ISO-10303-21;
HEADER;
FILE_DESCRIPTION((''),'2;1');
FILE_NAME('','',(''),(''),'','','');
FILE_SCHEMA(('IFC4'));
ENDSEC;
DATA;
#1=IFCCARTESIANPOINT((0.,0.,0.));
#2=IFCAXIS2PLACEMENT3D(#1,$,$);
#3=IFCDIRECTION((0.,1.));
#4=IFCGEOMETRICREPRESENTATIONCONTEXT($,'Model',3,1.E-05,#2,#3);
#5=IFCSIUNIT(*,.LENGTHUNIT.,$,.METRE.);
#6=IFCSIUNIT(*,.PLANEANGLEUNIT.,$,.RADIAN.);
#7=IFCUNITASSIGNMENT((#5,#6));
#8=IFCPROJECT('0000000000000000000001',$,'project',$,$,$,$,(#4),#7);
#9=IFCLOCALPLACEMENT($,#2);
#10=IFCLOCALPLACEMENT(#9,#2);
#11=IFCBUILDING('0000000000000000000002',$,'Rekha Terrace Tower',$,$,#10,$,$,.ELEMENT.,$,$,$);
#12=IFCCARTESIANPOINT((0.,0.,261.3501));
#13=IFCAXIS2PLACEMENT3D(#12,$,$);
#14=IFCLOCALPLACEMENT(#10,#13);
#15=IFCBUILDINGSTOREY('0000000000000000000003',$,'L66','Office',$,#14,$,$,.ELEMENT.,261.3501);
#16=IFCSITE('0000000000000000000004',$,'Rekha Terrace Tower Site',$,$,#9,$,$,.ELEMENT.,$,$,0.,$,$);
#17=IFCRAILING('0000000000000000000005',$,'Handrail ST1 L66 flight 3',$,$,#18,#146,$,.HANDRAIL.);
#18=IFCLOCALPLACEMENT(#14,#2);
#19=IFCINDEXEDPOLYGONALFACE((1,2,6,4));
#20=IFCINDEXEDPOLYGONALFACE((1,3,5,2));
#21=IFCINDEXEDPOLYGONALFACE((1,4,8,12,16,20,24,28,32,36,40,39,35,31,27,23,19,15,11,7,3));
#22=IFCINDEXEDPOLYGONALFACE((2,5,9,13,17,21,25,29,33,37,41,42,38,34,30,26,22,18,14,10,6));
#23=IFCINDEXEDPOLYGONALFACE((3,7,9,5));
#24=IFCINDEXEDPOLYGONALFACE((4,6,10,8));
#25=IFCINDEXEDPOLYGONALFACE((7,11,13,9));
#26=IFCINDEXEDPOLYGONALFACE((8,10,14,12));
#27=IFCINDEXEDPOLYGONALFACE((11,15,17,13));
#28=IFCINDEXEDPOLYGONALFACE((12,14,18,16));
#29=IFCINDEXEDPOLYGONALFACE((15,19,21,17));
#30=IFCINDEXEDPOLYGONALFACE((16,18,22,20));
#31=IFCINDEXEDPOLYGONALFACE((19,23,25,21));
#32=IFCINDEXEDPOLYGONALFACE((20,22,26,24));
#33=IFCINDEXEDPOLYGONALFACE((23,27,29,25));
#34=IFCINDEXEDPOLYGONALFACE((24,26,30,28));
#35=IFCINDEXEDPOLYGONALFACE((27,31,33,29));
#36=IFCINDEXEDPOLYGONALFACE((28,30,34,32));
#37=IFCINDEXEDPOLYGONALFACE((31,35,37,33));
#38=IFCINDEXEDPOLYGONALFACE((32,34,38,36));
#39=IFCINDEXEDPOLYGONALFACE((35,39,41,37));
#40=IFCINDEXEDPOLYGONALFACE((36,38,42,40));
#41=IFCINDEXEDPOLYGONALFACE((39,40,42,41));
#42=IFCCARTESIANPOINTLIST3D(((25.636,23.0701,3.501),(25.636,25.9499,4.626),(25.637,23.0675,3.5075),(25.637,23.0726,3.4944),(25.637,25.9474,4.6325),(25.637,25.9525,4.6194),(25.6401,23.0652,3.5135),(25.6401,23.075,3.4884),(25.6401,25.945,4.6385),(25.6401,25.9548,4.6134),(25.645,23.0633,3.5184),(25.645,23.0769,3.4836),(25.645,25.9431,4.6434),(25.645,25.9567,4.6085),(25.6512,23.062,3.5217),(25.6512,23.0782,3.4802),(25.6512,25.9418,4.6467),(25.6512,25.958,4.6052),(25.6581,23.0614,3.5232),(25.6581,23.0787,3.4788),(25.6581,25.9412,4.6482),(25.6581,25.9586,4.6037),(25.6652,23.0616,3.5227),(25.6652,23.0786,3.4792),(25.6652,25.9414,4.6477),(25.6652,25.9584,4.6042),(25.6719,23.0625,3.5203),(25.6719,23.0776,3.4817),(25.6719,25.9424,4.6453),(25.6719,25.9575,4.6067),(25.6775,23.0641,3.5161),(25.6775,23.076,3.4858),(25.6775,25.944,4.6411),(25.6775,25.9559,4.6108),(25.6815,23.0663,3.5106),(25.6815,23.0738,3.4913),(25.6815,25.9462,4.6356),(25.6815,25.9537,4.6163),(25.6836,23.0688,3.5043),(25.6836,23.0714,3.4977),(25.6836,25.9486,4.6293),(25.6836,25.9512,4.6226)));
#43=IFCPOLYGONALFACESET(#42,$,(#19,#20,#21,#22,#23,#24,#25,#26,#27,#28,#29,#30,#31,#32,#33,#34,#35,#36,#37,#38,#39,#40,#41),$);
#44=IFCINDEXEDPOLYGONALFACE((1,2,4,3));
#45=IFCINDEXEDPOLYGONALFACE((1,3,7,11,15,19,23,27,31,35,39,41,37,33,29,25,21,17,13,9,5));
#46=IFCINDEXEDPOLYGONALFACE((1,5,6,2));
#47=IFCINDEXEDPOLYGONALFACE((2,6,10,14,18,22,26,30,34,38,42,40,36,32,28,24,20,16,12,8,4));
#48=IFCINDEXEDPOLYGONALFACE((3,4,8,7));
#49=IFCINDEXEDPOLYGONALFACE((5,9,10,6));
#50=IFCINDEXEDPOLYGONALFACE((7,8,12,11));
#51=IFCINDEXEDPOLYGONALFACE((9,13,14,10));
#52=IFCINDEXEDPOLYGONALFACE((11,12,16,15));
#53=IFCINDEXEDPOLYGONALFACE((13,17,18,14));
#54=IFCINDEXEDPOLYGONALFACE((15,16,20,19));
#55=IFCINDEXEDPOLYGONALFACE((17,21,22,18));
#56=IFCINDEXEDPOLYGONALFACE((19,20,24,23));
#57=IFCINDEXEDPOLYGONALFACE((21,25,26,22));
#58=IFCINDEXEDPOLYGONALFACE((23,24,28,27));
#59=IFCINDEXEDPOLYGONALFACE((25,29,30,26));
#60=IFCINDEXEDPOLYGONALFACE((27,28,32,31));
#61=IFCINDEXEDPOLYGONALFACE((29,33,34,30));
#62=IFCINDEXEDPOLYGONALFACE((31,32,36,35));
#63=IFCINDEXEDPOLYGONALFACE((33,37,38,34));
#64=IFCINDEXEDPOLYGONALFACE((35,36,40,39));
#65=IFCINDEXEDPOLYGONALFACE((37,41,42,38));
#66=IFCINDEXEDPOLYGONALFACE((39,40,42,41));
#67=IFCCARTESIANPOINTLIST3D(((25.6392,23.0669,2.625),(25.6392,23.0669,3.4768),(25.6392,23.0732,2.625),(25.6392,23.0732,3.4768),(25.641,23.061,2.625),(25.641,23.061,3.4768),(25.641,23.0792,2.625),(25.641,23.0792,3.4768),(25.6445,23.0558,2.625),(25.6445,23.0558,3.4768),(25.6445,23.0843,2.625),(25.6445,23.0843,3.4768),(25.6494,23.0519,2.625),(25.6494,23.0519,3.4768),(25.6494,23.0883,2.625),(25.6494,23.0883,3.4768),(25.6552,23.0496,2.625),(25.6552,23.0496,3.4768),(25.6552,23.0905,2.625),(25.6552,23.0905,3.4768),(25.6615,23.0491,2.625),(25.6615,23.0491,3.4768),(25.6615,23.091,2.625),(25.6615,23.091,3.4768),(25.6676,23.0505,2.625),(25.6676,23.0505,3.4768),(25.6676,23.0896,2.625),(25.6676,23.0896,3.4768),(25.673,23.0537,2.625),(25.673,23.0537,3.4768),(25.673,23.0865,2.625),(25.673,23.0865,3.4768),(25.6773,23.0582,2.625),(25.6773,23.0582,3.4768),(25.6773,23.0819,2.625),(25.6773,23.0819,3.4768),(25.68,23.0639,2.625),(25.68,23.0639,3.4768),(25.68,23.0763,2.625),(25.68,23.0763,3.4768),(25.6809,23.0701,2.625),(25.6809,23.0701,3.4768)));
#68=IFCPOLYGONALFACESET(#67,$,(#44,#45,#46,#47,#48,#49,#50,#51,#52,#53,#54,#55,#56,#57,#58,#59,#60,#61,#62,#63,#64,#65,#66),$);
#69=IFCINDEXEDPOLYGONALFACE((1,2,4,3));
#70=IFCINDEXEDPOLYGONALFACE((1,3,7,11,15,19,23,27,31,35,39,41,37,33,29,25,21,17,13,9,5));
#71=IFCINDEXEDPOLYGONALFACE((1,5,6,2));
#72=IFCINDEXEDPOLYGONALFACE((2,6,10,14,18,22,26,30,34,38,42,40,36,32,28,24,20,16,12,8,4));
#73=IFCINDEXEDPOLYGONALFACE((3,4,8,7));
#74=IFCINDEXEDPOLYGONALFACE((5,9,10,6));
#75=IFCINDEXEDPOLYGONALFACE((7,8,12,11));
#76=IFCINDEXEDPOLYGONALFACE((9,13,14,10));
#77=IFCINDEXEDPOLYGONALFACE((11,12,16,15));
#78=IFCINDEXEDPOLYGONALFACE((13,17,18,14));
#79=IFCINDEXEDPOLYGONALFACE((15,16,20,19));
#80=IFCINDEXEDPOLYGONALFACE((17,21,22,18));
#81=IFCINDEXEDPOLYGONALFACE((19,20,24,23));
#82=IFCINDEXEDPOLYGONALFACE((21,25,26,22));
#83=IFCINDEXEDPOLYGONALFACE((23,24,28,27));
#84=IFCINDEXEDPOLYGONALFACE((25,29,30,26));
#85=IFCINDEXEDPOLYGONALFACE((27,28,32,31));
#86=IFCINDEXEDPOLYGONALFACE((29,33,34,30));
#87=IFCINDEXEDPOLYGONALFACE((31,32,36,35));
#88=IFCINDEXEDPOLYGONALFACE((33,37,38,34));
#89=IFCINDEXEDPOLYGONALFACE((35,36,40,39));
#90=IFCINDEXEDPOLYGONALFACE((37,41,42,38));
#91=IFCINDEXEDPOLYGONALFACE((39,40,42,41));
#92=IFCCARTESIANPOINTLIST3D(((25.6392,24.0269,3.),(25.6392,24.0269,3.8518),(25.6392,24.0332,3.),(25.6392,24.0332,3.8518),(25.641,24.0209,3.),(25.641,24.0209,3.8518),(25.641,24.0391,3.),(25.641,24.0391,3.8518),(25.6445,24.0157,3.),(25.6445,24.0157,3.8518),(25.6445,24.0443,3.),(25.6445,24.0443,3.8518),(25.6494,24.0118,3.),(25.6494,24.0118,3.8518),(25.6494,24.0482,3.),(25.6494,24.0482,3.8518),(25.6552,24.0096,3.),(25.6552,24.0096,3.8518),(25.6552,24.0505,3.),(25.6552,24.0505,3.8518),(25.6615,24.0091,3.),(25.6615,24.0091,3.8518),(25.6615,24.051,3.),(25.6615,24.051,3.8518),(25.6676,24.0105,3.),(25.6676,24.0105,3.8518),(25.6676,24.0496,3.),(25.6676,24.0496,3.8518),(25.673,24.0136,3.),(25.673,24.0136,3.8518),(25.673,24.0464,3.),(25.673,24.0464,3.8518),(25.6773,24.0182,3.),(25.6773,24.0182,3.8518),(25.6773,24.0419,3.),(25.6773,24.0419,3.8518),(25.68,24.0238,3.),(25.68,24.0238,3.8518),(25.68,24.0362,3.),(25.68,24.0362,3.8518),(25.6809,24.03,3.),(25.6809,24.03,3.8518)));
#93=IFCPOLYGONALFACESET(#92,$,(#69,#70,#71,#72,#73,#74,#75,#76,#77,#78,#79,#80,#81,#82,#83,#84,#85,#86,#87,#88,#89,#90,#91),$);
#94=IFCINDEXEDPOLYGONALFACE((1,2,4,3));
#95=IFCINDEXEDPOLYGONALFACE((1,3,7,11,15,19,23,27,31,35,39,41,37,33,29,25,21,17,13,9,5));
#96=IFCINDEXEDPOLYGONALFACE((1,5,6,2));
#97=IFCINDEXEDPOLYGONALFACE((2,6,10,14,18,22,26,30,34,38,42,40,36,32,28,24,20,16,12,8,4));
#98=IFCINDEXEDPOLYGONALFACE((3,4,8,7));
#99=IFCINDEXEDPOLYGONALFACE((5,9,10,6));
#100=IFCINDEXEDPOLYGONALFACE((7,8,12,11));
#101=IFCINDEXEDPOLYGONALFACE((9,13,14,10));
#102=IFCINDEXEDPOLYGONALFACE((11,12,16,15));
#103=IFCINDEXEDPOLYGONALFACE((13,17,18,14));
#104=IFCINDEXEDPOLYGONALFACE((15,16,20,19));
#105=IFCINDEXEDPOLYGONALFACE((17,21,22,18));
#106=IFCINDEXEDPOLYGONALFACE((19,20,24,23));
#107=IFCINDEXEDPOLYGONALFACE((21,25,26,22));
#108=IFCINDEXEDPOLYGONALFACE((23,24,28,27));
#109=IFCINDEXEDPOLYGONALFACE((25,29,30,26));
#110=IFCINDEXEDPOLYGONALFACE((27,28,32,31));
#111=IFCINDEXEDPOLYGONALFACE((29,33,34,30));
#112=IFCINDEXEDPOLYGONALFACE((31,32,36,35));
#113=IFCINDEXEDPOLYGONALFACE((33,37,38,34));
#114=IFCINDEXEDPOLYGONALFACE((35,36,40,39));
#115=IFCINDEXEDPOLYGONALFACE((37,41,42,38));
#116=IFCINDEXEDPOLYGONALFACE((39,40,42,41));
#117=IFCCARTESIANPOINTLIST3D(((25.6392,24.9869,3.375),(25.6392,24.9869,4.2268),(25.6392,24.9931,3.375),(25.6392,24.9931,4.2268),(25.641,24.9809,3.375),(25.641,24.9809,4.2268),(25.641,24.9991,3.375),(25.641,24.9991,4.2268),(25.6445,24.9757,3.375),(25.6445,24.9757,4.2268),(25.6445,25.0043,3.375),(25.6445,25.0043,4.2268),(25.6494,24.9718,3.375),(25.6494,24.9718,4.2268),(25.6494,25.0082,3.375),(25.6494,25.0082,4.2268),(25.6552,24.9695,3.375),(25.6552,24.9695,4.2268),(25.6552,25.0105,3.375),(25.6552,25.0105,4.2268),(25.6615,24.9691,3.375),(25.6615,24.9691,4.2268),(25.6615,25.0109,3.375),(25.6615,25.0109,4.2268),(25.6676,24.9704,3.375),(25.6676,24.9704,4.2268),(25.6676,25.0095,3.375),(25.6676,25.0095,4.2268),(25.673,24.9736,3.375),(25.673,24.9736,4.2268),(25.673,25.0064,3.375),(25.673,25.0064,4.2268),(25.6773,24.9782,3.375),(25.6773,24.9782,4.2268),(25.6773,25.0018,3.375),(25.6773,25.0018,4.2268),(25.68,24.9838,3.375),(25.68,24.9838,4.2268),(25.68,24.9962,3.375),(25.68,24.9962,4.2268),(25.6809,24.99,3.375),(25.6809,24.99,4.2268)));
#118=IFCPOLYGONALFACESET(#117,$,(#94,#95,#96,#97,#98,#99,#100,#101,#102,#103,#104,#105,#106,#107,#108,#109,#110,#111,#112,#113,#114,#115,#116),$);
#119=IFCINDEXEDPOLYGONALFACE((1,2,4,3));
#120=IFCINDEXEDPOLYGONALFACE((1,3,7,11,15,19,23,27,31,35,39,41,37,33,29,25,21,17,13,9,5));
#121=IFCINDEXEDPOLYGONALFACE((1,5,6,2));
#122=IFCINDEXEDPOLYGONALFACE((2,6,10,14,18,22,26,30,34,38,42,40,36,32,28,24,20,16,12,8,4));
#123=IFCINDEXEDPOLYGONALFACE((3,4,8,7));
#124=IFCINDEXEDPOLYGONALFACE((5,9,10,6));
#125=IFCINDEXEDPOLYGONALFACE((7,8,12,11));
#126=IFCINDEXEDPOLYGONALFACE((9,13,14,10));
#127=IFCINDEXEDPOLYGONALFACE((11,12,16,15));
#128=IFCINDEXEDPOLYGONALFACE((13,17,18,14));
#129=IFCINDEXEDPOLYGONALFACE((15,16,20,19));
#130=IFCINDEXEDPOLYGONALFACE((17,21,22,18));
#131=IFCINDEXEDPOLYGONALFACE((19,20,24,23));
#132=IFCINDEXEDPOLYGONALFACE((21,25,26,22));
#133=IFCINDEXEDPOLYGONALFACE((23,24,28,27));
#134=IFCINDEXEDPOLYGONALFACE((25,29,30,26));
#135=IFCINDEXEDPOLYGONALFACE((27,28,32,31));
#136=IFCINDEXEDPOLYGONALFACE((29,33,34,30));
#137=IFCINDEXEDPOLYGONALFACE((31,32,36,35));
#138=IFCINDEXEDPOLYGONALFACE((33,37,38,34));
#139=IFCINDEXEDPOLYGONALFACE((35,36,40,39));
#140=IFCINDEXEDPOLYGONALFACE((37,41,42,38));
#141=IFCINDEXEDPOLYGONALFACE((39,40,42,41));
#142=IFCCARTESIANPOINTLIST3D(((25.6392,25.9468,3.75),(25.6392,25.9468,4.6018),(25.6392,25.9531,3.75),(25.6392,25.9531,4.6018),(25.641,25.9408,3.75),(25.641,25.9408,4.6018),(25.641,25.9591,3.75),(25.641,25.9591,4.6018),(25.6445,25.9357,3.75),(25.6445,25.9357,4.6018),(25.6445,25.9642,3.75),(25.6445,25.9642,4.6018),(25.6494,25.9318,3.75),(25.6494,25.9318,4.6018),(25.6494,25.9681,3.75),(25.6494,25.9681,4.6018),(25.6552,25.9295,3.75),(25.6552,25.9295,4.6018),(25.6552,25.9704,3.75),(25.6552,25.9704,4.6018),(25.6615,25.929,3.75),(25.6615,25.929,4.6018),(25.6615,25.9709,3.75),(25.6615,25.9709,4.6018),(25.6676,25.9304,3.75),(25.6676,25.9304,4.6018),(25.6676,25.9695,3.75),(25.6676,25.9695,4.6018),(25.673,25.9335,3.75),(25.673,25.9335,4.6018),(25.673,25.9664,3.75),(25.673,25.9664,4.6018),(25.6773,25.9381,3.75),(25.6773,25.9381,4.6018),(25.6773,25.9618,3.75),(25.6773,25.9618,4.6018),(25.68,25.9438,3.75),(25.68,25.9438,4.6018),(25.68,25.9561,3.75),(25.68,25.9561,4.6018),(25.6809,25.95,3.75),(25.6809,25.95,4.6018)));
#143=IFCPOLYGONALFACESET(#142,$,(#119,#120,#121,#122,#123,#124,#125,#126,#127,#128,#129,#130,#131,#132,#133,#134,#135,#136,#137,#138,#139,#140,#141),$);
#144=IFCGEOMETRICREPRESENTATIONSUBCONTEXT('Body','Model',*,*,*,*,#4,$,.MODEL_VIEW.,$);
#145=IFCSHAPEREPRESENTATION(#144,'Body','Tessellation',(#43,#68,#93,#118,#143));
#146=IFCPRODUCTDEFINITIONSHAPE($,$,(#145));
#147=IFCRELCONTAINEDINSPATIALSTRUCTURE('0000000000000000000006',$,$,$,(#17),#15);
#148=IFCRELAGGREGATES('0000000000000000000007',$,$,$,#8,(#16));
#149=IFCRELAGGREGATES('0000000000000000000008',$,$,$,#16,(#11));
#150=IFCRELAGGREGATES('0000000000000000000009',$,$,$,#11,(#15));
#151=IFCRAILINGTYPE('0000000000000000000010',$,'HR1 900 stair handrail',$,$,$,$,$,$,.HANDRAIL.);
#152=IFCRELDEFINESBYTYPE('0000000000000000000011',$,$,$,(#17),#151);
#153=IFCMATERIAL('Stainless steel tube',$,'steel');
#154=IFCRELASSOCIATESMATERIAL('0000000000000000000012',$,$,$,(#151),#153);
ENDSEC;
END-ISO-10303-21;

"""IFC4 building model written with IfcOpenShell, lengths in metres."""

from ifc_helpers import new_model, si_unit, direction, frame, origin, origin_2d, place, context, subcontext, project, spatial, circle, extrude, material, type_object, element, save


model = new_model("IFC4")

# Units and contexts
model_context = context("Model", 3, precision=1e-05, world=origin(), true_north=direction((0.0, 1.0)))
body_context = subcontext(model_context, "Body", "Model", "MODEL_VIEW")
ifc_project = project(units=[si_unit("LENGTHUNIT", "METRE"), si_unit("PLANEANGLEUNIT", "RADIAN")], contexts=[model_context])

# Site, building, storey
site_placement = place(None, origin())
site = spatial("IfcSite", under=ifc_project, at=site_placement, Name="Rekha Terrace Tower Site", CompositionType="ELEMENT", RefElevation=0.0)
building_placement = place(site_placement, origin())
building = spatial("IfcBuilding", under=site, at=building_placement, Name="Rekha Terrace Tower", CompositionType="ELEMENT")
storey_placement = place(building_placement, frame((0.0, 0.0, 261.3501)))
storey = spatial("IfcBuildingStorey", under=building, at=storey_placement, Name="L66", Description="Office", CompositionType="ELEMENT", Elevation=261.3501)

# Railing
ifc_material_1 = material(Name="Stainless steel tube", Category="steel")
railing_type_1 = type_object("IfcRailingType", Name="HR1 900 stair handrail", PredefinedType="HANDRAIL", material=ifc_material_1)
railing_1_placement = place(storey_placement, frame((25.6599, 23.0701, 2.625)))
element("IfcRailing", 1, at=railing_1_placement, inside=storey, type_object=railing_type_1, Name="Handrail ST1 L66 flight 3", PredefinedType="HANDRAIL", context=body_context, shape_type="SweptSolid", body=[
    extrude(circle(Radius=0.0239, at=origin_2d()), frame((0.0, 0.0, 0.876), z_axis=(0.0, 0.931452, 0.363863), x_axis=(-1.0, 0.0, 0.0)), (0.0, 0.0, 1.0), 3.0918),
    extrude(circle(Radius=0.021, at=origin_2d()), origin(), (0.0, 0.0, 1.0), 0.8518),
    extrude(circle(Radius=0.021, at=origin_2d()), frame((0.0, 0.96, 0.375)), (0.0, 0.0, 1.0), 0.8518),
    extrude(circle(Radius=0.021, at=origin_2d()), frame((0.0, 1.9199, 0.75)), (0.0, 0.0, 1.0), 0.8518),
    extrude(circle(Radius=0.021, at=origin_2d()), frame((0.0, 2.8799, 1.125)), (0.0, 0.0, 1.0), 0.8518),
])

save(model, "model.ifc")
